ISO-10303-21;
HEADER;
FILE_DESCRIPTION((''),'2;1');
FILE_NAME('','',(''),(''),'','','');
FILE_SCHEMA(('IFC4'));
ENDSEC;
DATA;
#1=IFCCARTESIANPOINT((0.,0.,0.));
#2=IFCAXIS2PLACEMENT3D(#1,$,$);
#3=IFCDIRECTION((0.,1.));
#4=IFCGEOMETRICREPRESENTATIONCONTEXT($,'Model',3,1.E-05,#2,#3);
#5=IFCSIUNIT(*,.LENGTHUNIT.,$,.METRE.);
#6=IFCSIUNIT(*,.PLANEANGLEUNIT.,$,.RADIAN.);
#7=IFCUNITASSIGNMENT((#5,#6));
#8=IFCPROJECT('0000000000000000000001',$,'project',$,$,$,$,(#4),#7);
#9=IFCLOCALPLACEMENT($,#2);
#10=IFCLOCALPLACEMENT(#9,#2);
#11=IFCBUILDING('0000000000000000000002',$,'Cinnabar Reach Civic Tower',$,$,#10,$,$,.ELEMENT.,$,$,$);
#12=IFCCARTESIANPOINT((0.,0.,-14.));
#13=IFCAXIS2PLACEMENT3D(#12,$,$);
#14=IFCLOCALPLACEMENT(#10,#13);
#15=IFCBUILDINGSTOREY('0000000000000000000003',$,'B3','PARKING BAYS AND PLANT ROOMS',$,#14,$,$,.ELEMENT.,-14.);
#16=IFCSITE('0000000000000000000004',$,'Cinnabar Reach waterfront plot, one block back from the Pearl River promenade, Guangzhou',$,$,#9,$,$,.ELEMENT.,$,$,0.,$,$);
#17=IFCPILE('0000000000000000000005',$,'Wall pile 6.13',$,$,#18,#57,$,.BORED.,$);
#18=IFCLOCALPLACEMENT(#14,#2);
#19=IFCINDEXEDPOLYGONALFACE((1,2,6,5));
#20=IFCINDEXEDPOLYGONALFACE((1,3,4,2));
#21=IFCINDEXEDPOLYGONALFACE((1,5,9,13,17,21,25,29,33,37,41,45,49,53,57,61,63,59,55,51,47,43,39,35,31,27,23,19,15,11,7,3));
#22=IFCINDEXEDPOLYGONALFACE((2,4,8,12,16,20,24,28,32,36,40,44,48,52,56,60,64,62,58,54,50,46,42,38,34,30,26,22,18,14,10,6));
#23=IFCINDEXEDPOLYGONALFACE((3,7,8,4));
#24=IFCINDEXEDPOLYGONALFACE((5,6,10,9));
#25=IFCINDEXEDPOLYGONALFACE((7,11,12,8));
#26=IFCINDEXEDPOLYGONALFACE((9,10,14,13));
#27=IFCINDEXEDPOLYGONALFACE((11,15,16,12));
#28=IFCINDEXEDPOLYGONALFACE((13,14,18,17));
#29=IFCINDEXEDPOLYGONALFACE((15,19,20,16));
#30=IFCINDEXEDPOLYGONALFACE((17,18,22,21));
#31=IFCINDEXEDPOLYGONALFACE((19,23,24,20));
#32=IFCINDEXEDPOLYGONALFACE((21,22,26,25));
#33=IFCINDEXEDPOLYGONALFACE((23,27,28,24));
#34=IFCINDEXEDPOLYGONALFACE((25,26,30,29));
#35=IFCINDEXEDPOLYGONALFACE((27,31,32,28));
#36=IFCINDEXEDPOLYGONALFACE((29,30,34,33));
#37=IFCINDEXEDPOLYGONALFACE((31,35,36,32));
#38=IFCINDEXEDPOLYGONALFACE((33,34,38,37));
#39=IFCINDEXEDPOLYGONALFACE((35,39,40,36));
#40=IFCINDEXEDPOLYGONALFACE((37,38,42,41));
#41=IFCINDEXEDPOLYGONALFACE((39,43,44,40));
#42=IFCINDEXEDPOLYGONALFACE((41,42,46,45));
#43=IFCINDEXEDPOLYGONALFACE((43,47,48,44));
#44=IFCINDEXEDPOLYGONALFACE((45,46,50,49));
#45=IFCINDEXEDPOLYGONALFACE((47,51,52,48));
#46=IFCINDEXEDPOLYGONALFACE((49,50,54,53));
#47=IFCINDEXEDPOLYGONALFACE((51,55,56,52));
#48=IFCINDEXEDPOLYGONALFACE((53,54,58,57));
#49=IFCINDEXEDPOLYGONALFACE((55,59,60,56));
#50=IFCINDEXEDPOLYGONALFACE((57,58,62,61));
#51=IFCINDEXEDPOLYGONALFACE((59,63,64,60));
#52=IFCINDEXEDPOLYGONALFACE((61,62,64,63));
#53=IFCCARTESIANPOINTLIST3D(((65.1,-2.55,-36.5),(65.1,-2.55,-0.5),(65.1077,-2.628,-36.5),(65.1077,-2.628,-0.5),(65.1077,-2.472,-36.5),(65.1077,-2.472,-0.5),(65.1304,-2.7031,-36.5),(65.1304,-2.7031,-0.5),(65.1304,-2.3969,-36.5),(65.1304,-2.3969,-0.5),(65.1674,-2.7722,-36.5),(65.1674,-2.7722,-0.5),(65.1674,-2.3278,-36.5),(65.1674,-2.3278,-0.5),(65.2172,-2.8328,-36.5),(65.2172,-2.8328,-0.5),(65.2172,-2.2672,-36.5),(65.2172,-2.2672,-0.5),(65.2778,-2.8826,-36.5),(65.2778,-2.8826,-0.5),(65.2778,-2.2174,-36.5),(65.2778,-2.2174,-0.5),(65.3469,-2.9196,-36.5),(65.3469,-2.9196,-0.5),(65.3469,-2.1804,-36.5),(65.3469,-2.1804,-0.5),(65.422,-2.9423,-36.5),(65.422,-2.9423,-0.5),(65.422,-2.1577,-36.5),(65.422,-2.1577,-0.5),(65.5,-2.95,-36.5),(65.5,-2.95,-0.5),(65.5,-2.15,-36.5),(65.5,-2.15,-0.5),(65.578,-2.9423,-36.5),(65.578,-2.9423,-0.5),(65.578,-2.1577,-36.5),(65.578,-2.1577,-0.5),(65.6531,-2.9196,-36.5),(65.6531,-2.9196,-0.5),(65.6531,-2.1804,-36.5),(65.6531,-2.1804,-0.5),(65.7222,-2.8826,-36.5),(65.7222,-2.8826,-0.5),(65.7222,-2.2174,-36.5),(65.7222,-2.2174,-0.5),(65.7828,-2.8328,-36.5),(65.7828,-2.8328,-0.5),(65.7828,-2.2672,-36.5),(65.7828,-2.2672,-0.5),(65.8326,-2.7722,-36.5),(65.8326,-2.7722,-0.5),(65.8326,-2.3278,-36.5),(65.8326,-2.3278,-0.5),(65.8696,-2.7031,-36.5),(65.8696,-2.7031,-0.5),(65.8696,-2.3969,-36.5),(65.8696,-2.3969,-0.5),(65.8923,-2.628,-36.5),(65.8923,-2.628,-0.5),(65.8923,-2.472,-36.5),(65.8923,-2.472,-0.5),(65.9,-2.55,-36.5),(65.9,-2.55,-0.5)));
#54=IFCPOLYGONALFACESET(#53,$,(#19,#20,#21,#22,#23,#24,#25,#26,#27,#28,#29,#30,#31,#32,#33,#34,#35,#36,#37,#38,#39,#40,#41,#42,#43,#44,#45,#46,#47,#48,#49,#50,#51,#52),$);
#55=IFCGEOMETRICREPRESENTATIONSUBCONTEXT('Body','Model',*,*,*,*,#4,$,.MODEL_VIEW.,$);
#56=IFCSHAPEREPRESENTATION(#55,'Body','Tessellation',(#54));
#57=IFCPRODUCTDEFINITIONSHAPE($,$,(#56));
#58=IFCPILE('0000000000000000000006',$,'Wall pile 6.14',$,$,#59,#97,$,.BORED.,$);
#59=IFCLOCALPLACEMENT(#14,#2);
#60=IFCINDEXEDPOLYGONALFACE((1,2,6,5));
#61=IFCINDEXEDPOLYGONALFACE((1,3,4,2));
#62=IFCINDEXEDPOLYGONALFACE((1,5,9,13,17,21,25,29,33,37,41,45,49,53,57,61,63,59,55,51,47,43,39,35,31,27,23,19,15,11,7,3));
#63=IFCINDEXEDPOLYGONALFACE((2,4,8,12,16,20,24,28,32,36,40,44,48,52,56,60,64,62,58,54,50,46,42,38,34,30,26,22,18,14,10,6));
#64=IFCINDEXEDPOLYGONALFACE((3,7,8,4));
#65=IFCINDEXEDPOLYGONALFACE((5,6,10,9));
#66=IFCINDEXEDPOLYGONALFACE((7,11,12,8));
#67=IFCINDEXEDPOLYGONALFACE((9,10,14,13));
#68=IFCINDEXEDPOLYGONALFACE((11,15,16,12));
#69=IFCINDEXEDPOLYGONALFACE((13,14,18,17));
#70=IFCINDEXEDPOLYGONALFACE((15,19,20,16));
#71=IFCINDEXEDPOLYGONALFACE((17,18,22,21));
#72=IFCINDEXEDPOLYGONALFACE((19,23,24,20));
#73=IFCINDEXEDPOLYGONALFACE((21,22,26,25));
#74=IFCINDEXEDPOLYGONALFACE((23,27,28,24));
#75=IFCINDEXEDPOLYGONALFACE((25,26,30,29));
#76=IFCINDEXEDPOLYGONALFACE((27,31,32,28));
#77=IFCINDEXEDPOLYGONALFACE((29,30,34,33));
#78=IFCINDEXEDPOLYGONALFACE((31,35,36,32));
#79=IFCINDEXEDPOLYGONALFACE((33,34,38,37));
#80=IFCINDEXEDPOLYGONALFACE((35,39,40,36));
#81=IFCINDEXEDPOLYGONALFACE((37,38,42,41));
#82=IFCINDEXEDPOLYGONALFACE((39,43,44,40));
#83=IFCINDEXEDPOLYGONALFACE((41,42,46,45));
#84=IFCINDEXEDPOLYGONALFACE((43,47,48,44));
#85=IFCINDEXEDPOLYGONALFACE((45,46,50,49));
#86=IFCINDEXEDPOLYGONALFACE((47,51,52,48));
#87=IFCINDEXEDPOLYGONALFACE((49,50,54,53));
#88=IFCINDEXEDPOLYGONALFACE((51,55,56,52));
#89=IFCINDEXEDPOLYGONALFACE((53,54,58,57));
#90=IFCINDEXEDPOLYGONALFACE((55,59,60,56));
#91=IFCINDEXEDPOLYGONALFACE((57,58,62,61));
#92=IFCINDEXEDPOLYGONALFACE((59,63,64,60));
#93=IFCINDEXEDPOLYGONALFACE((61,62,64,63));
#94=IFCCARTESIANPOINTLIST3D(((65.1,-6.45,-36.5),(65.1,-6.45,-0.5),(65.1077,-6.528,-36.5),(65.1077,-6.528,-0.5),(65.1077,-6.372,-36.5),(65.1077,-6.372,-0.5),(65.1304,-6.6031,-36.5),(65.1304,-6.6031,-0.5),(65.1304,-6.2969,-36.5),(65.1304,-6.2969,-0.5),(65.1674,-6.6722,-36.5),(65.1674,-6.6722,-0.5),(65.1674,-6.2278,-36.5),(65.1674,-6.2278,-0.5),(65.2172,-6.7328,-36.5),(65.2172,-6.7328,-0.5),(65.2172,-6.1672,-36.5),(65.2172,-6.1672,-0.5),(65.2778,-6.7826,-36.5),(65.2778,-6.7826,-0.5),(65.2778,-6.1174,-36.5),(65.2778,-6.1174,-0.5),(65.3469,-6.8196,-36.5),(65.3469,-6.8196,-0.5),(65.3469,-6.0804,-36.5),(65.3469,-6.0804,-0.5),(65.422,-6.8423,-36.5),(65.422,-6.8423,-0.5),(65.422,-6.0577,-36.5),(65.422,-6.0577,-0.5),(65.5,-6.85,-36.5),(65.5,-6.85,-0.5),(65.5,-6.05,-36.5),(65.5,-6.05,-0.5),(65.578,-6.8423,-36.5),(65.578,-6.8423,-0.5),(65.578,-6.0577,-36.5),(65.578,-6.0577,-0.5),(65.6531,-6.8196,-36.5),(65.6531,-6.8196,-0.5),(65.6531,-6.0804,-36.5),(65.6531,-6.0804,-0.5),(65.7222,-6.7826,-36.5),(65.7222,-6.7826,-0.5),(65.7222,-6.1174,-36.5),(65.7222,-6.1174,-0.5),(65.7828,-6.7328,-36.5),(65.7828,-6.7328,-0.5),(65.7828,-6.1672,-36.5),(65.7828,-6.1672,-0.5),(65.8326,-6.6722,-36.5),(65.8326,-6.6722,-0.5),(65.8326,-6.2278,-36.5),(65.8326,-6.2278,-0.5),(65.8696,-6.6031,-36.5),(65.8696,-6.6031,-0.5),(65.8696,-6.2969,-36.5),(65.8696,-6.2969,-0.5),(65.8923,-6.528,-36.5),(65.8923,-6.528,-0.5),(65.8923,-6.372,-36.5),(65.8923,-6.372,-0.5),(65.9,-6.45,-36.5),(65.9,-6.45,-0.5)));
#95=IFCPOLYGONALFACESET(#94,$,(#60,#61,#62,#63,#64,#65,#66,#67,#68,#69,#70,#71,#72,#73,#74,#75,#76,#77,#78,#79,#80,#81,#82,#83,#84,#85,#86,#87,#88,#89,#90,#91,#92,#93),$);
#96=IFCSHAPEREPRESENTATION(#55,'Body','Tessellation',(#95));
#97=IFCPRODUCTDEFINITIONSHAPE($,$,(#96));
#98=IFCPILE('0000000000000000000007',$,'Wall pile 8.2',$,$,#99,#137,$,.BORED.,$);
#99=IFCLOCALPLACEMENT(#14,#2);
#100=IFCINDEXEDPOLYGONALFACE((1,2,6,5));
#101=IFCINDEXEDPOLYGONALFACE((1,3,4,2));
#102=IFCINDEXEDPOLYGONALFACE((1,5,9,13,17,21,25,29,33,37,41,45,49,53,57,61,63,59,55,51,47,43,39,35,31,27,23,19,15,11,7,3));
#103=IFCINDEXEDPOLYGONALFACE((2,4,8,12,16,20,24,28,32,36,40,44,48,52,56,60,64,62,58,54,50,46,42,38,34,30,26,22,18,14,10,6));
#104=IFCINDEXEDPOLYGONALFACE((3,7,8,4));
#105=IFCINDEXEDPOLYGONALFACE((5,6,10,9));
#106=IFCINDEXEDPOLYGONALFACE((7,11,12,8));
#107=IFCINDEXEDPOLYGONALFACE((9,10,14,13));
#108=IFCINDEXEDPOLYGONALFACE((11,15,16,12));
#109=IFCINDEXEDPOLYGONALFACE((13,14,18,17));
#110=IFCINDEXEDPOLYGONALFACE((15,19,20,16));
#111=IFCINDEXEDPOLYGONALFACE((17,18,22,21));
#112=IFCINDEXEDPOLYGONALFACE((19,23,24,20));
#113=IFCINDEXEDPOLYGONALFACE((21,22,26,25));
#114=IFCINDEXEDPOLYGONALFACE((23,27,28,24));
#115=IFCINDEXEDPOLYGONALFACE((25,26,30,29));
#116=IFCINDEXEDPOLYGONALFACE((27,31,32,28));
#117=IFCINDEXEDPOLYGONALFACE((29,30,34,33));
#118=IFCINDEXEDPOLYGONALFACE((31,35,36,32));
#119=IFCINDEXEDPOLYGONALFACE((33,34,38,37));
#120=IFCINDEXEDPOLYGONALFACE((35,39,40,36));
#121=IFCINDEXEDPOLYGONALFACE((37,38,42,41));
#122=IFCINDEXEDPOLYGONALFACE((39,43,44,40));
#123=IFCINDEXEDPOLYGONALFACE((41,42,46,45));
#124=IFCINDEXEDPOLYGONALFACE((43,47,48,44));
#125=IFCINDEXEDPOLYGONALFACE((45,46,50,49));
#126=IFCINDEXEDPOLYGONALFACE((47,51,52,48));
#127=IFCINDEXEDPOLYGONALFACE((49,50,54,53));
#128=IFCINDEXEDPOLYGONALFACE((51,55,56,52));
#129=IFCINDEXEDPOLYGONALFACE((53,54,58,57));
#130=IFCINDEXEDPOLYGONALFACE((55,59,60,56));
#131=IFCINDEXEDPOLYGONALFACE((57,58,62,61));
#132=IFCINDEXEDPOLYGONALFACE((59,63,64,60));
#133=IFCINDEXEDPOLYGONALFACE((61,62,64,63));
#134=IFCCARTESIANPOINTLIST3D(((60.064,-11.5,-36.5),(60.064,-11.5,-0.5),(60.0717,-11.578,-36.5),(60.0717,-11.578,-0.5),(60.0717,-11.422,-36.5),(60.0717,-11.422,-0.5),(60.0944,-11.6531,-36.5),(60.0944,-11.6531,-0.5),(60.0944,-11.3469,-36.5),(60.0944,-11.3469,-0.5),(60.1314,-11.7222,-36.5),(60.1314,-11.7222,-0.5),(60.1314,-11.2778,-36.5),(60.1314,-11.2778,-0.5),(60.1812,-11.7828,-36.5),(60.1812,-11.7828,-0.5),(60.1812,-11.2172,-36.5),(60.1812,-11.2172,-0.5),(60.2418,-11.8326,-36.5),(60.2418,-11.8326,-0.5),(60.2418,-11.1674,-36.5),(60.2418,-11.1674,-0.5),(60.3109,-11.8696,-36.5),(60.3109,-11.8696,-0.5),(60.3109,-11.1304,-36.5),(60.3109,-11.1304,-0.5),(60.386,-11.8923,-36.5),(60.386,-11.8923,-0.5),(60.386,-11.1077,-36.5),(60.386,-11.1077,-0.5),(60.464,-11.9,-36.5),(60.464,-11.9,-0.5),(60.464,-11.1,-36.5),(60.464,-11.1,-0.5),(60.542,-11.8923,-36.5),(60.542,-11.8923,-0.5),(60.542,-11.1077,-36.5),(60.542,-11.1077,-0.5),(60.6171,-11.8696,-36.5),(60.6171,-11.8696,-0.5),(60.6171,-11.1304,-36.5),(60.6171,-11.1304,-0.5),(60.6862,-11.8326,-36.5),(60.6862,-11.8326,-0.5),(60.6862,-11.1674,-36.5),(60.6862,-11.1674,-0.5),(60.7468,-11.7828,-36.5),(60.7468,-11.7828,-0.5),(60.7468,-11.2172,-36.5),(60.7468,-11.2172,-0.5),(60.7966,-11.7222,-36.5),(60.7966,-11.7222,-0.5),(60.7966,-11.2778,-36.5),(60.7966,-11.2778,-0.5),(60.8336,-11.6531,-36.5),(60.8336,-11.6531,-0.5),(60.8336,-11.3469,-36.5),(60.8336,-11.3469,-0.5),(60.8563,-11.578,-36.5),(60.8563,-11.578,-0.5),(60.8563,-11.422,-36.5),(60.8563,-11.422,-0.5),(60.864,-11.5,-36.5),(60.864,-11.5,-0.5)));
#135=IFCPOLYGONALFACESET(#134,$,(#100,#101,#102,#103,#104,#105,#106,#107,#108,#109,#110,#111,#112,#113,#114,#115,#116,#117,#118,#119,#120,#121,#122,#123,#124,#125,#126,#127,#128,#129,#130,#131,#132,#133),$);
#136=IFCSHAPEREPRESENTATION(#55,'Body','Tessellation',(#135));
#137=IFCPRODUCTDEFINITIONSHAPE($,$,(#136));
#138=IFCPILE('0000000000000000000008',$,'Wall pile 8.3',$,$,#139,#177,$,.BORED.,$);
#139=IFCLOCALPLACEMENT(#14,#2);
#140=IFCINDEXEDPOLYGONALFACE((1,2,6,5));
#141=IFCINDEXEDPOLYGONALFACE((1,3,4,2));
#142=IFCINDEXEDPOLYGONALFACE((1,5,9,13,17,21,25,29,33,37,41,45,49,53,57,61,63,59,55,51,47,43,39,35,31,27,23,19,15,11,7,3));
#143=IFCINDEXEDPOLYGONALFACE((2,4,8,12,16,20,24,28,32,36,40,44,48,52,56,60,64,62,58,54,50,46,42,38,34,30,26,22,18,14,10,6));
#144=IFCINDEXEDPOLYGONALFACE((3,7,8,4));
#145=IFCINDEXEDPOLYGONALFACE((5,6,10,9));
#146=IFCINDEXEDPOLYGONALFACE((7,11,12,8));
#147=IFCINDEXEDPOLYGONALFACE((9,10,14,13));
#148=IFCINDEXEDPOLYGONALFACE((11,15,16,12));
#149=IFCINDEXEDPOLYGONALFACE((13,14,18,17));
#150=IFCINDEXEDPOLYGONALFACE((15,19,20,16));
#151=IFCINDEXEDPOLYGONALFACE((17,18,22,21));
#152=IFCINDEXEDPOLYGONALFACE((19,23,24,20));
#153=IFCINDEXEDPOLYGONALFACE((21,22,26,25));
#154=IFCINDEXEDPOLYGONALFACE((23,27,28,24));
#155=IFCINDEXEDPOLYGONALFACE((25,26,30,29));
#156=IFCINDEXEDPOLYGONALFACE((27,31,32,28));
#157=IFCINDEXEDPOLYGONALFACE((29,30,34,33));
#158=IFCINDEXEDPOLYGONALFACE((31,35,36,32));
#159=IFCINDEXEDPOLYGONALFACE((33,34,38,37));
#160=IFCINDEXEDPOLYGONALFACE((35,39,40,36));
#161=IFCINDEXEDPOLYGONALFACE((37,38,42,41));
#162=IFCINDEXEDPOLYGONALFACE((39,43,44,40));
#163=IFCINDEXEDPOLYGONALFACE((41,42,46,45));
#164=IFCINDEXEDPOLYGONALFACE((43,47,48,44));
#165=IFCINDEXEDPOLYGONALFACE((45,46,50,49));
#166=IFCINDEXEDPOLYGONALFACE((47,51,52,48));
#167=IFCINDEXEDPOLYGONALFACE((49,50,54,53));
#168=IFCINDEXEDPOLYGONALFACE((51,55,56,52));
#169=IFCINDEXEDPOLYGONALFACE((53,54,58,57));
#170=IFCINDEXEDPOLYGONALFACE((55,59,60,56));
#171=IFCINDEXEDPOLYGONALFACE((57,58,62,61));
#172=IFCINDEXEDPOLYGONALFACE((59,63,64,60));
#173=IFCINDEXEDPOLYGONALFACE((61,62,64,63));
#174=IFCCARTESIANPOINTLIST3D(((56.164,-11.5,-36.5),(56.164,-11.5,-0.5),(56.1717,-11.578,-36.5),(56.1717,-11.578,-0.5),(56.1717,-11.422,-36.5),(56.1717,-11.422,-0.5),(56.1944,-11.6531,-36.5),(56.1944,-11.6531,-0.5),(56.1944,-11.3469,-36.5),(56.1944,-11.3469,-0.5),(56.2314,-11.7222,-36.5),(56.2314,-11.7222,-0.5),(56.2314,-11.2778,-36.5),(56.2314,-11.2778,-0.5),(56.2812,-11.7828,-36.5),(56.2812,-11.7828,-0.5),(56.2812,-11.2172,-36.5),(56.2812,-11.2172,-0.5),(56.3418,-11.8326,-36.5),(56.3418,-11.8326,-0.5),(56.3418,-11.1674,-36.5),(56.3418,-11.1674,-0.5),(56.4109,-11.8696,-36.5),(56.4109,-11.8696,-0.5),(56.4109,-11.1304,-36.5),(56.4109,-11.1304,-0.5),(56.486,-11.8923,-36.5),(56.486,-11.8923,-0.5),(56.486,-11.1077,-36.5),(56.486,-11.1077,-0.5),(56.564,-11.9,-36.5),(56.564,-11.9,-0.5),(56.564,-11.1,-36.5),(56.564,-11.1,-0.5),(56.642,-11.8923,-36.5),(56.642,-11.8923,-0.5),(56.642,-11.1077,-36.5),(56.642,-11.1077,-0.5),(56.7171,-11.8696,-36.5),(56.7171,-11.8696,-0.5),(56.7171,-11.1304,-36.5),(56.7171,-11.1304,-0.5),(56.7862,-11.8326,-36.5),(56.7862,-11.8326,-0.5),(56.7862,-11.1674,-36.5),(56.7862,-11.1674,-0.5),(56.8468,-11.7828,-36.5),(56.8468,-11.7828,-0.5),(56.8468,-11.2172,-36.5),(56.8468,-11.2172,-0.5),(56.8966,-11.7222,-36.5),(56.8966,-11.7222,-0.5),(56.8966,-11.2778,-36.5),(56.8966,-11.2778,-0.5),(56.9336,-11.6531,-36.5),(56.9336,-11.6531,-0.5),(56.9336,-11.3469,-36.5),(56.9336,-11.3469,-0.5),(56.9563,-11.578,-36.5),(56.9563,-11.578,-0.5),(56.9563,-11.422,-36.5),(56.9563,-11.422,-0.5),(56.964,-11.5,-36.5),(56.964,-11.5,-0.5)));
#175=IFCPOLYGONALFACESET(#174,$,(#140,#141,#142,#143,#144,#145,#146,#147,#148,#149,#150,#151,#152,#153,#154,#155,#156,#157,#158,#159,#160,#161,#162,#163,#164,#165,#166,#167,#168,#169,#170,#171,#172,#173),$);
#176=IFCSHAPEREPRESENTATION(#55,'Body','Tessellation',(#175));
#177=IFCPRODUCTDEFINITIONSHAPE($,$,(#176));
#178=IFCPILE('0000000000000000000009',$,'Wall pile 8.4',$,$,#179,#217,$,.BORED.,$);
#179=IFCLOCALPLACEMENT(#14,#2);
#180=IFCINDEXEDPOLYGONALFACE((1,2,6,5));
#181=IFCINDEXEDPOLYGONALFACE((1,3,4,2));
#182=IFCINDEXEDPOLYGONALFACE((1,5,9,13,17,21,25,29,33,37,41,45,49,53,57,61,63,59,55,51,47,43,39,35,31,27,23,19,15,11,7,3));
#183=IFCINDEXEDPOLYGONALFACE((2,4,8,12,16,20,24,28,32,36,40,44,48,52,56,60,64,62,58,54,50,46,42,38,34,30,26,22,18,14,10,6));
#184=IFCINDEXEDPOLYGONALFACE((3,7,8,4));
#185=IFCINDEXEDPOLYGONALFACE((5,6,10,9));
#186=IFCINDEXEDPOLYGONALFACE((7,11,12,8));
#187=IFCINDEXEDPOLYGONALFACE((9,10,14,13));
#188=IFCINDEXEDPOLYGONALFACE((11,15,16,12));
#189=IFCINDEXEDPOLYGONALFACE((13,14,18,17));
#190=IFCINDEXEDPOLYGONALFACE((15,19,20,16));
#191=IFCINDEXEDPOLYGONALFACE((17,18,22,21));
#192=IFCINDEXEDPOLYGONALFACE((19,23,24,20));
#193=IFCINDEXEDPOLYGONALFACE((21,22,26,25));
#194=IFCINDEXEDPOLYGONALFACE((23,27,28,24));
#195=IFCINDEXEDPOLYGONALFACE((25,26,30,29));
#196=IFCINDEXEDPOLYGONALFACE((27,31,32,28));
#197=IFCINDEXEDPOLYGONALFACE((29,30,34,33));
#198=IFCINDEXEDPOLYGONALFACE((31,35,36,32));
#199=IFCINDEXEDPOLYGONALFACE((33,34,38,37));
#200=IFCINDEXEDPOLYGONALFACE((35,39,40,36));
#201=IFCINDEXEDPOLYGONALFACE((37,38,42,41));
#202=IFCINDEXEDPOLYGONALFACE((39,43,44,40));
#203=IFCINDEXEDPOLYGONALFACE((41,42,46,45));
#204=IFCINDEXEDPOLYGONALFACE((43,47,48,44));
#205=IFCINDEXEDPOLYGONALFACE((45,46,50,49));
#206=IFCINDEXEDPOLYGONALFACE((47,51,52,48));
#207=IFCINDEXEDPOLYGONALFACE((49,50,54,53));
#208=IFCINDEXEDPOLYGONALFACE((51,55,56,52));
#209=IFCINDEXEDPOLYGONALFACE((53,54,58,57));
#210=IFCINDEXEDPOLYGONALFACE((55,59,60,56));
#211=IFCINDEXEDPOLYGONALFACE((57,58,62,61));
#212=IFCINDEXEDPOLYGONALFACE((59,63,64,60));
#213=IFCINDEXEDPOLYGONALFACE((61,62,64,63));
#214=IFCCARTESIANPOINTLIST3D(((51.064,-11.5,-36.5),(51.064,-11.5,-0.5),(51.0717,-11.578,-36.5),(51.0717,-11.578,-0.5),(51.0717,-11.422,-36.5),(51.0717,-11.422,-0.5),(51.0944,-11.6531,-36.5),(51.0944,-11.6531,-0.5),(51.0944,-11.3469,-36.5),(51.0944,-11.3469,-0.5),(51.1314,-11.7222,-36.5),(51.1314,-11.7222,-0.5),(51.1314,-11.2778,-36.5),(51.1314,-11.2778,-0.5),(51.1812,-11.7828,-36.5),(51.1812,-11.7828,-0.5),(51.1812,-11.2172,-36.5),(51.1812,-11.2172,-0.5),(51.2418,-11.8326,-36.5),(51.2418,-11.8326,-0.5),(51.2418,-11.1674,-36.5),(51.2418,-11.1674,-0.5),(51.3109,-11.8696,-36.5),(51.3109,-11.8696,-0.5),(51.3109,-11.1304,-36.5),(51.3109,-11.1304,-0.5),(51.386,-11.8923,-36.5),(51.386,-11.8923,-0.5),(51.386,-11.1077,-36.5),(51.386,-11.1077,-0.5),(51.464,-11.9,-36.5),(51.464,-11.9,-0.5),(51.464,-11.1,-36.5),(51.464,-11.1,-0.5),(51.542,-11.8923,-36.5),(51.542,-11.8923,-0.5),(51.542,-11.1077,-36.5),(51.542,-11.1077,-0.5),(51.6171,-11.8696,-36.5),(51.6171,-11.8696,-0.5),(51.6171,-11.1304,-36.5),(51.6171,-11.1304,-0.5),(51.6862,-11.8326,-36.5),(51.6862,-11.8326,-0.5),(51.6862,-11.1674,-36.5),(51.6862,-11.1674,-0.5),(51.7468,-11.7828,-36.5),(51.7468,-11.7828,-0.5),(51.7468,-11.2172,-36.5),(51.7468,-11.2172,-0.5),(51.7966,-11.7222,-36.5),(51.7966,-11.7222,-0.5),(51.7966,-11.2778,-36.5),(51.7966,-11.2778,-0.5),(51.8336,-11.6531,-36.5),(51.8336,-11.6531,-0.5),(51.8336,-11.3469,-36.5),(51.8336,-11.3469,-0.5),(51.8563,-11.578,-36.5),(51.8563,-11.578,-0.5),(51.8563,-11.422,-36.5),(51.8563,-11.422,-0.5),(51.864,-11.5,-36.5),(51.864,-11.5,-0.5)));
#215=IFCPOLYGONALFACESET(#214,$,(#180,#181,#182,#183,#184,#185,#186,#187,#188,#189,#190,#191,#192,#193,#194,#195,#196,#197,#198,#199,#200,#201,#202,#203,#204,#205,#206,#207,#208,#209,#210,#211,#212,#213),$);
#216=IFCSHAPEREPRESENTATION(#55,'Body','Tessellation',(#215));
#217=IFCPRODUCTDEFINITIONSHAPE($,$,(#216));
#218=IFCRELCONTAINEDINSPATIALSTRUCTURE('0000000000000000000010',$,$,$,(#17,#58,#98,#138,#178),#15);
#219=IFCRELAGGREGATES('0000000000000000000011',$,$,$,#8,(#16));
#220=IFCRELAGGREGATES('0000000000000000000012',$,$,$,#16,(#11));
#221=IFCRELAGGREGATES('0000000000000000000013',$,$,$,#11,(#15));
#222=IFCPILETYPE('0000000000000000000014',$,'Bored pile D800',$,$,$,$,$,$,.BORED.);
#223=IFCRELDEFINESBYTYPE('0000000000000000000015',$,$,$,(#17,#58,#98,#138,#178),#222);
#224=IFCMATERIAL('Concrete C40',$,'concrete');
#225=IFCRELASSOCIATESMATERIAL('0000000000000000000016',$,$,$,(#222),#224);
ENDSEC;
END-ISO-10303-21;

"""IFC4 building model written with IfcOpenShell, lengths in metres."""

from ifc_helpers import new_model, si_unit, direction, frame, origin, origin_2d, place, context, subcontext, project, spatial, circle, extrude, material, type_object, element, save


model = new_model("IFC4")

# Units and contexts
model_context = context("Model", 3, precision=1e-05, world=origin(), true_north=direction((0.0, 1.0)))
body_context = subcontext(model_context, "Body", "Model", "MODEL_VIEW")
ifc_project = project(units=[si_unit("LENGTHUNIT", "METRE"), si_unit("PLANEANGLEUNIT", "RADIAN")], contexts=[model_context])

# Site, building, storey
site_placement = place(None, origin())
site = spatial("IfcSite", under=ifc_project, at=site_placement, Name="Cinnabar Reach waterfront plot, one block back from the Pearl River promenade, Guangzhou", CompositionType="ELEMENT", RefElevation=0.0)
building_placement = place(site_placement, origin())
building = spatial("IfcBuilding", under=site, at=building_placement, Name="Cinnabar Reach Civic Tower", CompositionType="ELEMENT")
storey_placement = place(building_placement, frame((0.0, 0.0, -14.0)))
storey = spatial("IfcBuildingStorey", under=building, at=storey_placement, Name="B3", Description="PARKING BAYS AND PLANT ROOMS", CompositionType="ELEMENT", Elevation=-14.0)

# Piles
ifc_material_1 = material(Name="Concrete C40", Category="concrete")
pile_type = type_object("IfcPileType", Name="Bored pile D800", PredefinedType="BORED", material=ifc_material_1)
for number, where, z_axis, x_axis, name in (
    (1, (65.5, -2.55, -0.5), (0.0, 0.0, -1.0), (1.0, 0.0, 0.0), "Wall pile 6.13"),
    (2, (65.5, -6.45, -0.5), (0.0, 0.0, -1.0), (1.0, 0.0, 0.0), "Wall pile 6.14"),
    (3, (60.464, -11.5, -0.5), (0.0, 0.0, -1.0), (1.0, 0.0, 0.0), "Wall pile 8.2"),
    (4, (56.564, -11.5, -0.5), (0.0, 0.0, -1.0), (1.0, 0.0, 0.0), "Wall pile 8.3"),
    (5, (51.464, -11.5, -0.5), (0.0, 0.0, -1.0), (1.0, 0.0, 0.0), "Wall pile 8.4"),
):
    element("IfcPile", number, at=place(storey_placement, frame(where, z_axis=z_axis, x_axis=x_axis)), inside=storey, type_object=pile_type, Name=name, PredefinedType="BORED", context=body_context, shape_type="SweptSolid", body=[
        extrude(circle(Radius=0.4, at=origin_2d()), origin(), (0.0, 0.0, 1.0), 36.0),
    ])

save(model, "model.ifc")
